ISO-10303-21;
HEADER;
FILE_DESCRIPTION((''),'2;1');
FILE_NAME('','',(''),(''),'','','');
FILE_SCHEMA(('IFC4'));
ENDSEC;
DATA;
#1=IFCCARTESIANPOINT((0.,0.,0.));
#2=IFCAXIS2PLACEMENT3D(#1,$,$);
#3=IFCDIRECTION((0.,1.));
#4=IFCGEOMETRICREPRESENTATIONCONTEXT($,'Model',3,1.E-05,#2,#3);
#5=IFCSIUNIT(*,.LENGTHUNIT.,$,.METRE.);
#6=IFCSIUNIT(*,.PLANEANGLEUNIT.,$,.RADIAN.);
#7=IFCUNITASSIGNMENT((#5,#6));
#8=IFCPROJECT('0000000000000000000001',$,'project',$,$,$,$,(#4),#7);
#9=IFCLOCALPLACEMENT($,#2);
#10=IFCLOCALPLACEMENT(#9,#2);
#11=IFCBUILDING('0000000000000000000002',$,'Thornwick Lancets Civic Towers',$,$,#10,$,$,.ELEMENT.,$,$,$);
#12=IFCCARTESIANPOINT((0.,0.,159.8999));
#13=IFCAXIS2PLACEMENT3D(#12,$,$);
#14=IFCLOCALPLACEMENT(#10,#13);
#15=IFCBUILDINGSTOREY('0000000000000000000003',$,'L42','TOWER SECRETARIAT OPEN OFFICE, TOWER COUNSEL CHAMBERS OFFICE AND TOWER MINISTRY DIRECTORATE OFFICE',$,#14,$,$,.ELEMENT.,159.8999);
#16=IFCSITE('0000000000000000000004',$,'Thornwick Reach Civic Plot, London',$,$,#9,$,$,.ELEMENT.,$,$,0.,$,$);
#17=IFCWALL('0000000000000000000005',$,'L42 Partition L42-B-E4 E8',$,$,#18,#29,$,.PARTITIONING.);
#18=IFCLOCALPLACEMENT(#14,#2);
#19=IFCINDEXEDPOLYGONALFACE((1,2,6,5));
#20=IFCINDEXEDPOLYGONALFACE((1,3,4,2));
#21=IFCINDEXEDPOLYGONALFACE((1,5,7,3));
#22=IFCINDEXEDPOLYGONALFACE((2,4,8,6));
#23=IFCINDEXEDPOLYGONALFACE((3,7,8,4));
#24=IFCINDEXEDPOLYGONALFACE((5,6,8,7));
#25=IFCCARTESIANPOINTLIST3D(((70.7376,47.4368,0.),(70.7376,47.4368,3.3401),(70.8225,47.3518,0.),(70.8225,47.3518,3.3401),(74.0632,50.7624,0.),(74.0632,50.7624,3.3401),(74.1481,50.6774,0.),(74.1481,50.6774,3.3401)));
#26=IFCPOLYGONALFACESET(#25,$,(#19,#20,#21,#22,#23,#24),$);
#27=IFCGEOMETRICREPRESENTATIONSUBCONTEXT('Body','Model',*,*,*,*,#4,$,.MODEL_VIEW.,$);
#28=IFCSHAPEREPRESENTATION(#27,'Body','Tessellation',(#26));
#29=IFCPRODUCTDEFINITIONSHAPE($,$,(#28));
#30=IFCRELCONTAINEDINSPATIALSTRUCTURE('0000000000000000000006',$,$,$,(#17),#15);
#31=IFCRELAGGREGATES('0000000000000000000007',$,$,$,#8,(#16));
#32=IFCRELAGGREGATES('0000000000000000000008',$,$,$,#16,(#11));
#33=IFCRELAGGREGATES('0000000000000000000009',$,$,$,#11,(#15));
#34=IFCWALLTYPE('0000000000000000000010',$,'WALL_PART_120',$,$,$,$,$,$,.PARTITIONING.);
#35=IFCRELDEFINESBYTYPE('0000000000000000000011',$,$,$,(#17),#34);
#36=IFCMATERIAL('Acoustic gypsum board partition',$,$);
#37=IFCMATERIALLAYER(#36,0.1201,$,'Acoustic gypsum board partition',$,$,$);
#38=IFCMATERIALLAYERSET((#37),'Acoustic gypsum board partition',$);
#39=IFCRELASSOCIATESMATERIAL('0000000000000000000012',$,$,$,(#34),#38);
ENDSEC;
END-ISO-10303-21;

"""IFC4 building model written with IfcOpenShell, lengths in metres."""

from ifc_helpers import new_model, si_unit, direction, frame, frame_2d, origin, place, context, subcontext, project, spatial, rectangle, extrude, material, layer, layer_set, type_object, element, save


model = new_model("IFC4")

# Units and contexts
model_context = context("Model", 3, precision=1e-05, world=origin(), true_north=direction((0.0, 1.0)))
body_context = subcontext(model_context, "Body", "Model", "MODEL_VIEW")
ifc_project = project(units=[si_unit("LENGTHUNIT", "METRE"), si_unit("PLANEANGLEUNIT", "RADIAN")], contexts=[model_context])

# Site, building, storey
site_placement = place(None, origin())
site = spatial("IfcSite", under=ifc_project, at=site_placement, Name="Thornwick Reach Civic Plot, London", CompositionType="ELEMENT", RefElevation=0.0)
building_placement = place(site_placement, origin())
building = spatial("IfcBuilding", under=site, at=building_placement, Name="Thornwick Lancets Civic Towers", CompositionType="ELEMENT")
storey_placement = place(building_placement, frame((0.0, 0.0, 159.8999)))
storey = spatial("IfcBuildingStorey", under=building, at=storey_placement, Name="L42", Description="TOWER SECRETARIAT OPEN OFFICE, TOWER COUNSEL CHAMBERS OFFICE AND TOWER MINISTRY DIRECTORATE OFFICE", CompositionType="ELEMENT", Elevation=159.8999)

# Wall
ifc_material_1 = material(Name="Acoustic gypsum board partition")
ifc_layer_1 = layer(ifc_material_1, 0.1201, Name="Acoustic gypsum board partition")
ifc_layer_set_1 = layer_set([ifc_layer_1], Name="Acoustic gypsum board partition")
wall_type_1 = type_object("IfcWallType", Name="WALL_PART_120", PredefinedType="PARTITIONING", material=ifc_layer_set_1)
wall_1_placement = place(storey_placement, frame((70.78, 47.3943, 0.0), z_axis=(0.0, 0.0, 1.0), x_axis=(0.707107, 0.707107, 0.0)))
element("IfcWall", 1, at=wall_1_placement, inside=storey, type_object=wall_type_1, Name="L42 Partition L42-B-E4 E8", PredefinedType="PARTITIONING", context=body_context, shape_type="SweptSolid", body=[
    extrude(rectangle(XDim=4.7031, YDim=0.1201, at=frame_2d((2.3516, 0.0))), origin(), (0.0, 0.0, 1.0), 3.3401),
])

save(model, "model.ifc")
